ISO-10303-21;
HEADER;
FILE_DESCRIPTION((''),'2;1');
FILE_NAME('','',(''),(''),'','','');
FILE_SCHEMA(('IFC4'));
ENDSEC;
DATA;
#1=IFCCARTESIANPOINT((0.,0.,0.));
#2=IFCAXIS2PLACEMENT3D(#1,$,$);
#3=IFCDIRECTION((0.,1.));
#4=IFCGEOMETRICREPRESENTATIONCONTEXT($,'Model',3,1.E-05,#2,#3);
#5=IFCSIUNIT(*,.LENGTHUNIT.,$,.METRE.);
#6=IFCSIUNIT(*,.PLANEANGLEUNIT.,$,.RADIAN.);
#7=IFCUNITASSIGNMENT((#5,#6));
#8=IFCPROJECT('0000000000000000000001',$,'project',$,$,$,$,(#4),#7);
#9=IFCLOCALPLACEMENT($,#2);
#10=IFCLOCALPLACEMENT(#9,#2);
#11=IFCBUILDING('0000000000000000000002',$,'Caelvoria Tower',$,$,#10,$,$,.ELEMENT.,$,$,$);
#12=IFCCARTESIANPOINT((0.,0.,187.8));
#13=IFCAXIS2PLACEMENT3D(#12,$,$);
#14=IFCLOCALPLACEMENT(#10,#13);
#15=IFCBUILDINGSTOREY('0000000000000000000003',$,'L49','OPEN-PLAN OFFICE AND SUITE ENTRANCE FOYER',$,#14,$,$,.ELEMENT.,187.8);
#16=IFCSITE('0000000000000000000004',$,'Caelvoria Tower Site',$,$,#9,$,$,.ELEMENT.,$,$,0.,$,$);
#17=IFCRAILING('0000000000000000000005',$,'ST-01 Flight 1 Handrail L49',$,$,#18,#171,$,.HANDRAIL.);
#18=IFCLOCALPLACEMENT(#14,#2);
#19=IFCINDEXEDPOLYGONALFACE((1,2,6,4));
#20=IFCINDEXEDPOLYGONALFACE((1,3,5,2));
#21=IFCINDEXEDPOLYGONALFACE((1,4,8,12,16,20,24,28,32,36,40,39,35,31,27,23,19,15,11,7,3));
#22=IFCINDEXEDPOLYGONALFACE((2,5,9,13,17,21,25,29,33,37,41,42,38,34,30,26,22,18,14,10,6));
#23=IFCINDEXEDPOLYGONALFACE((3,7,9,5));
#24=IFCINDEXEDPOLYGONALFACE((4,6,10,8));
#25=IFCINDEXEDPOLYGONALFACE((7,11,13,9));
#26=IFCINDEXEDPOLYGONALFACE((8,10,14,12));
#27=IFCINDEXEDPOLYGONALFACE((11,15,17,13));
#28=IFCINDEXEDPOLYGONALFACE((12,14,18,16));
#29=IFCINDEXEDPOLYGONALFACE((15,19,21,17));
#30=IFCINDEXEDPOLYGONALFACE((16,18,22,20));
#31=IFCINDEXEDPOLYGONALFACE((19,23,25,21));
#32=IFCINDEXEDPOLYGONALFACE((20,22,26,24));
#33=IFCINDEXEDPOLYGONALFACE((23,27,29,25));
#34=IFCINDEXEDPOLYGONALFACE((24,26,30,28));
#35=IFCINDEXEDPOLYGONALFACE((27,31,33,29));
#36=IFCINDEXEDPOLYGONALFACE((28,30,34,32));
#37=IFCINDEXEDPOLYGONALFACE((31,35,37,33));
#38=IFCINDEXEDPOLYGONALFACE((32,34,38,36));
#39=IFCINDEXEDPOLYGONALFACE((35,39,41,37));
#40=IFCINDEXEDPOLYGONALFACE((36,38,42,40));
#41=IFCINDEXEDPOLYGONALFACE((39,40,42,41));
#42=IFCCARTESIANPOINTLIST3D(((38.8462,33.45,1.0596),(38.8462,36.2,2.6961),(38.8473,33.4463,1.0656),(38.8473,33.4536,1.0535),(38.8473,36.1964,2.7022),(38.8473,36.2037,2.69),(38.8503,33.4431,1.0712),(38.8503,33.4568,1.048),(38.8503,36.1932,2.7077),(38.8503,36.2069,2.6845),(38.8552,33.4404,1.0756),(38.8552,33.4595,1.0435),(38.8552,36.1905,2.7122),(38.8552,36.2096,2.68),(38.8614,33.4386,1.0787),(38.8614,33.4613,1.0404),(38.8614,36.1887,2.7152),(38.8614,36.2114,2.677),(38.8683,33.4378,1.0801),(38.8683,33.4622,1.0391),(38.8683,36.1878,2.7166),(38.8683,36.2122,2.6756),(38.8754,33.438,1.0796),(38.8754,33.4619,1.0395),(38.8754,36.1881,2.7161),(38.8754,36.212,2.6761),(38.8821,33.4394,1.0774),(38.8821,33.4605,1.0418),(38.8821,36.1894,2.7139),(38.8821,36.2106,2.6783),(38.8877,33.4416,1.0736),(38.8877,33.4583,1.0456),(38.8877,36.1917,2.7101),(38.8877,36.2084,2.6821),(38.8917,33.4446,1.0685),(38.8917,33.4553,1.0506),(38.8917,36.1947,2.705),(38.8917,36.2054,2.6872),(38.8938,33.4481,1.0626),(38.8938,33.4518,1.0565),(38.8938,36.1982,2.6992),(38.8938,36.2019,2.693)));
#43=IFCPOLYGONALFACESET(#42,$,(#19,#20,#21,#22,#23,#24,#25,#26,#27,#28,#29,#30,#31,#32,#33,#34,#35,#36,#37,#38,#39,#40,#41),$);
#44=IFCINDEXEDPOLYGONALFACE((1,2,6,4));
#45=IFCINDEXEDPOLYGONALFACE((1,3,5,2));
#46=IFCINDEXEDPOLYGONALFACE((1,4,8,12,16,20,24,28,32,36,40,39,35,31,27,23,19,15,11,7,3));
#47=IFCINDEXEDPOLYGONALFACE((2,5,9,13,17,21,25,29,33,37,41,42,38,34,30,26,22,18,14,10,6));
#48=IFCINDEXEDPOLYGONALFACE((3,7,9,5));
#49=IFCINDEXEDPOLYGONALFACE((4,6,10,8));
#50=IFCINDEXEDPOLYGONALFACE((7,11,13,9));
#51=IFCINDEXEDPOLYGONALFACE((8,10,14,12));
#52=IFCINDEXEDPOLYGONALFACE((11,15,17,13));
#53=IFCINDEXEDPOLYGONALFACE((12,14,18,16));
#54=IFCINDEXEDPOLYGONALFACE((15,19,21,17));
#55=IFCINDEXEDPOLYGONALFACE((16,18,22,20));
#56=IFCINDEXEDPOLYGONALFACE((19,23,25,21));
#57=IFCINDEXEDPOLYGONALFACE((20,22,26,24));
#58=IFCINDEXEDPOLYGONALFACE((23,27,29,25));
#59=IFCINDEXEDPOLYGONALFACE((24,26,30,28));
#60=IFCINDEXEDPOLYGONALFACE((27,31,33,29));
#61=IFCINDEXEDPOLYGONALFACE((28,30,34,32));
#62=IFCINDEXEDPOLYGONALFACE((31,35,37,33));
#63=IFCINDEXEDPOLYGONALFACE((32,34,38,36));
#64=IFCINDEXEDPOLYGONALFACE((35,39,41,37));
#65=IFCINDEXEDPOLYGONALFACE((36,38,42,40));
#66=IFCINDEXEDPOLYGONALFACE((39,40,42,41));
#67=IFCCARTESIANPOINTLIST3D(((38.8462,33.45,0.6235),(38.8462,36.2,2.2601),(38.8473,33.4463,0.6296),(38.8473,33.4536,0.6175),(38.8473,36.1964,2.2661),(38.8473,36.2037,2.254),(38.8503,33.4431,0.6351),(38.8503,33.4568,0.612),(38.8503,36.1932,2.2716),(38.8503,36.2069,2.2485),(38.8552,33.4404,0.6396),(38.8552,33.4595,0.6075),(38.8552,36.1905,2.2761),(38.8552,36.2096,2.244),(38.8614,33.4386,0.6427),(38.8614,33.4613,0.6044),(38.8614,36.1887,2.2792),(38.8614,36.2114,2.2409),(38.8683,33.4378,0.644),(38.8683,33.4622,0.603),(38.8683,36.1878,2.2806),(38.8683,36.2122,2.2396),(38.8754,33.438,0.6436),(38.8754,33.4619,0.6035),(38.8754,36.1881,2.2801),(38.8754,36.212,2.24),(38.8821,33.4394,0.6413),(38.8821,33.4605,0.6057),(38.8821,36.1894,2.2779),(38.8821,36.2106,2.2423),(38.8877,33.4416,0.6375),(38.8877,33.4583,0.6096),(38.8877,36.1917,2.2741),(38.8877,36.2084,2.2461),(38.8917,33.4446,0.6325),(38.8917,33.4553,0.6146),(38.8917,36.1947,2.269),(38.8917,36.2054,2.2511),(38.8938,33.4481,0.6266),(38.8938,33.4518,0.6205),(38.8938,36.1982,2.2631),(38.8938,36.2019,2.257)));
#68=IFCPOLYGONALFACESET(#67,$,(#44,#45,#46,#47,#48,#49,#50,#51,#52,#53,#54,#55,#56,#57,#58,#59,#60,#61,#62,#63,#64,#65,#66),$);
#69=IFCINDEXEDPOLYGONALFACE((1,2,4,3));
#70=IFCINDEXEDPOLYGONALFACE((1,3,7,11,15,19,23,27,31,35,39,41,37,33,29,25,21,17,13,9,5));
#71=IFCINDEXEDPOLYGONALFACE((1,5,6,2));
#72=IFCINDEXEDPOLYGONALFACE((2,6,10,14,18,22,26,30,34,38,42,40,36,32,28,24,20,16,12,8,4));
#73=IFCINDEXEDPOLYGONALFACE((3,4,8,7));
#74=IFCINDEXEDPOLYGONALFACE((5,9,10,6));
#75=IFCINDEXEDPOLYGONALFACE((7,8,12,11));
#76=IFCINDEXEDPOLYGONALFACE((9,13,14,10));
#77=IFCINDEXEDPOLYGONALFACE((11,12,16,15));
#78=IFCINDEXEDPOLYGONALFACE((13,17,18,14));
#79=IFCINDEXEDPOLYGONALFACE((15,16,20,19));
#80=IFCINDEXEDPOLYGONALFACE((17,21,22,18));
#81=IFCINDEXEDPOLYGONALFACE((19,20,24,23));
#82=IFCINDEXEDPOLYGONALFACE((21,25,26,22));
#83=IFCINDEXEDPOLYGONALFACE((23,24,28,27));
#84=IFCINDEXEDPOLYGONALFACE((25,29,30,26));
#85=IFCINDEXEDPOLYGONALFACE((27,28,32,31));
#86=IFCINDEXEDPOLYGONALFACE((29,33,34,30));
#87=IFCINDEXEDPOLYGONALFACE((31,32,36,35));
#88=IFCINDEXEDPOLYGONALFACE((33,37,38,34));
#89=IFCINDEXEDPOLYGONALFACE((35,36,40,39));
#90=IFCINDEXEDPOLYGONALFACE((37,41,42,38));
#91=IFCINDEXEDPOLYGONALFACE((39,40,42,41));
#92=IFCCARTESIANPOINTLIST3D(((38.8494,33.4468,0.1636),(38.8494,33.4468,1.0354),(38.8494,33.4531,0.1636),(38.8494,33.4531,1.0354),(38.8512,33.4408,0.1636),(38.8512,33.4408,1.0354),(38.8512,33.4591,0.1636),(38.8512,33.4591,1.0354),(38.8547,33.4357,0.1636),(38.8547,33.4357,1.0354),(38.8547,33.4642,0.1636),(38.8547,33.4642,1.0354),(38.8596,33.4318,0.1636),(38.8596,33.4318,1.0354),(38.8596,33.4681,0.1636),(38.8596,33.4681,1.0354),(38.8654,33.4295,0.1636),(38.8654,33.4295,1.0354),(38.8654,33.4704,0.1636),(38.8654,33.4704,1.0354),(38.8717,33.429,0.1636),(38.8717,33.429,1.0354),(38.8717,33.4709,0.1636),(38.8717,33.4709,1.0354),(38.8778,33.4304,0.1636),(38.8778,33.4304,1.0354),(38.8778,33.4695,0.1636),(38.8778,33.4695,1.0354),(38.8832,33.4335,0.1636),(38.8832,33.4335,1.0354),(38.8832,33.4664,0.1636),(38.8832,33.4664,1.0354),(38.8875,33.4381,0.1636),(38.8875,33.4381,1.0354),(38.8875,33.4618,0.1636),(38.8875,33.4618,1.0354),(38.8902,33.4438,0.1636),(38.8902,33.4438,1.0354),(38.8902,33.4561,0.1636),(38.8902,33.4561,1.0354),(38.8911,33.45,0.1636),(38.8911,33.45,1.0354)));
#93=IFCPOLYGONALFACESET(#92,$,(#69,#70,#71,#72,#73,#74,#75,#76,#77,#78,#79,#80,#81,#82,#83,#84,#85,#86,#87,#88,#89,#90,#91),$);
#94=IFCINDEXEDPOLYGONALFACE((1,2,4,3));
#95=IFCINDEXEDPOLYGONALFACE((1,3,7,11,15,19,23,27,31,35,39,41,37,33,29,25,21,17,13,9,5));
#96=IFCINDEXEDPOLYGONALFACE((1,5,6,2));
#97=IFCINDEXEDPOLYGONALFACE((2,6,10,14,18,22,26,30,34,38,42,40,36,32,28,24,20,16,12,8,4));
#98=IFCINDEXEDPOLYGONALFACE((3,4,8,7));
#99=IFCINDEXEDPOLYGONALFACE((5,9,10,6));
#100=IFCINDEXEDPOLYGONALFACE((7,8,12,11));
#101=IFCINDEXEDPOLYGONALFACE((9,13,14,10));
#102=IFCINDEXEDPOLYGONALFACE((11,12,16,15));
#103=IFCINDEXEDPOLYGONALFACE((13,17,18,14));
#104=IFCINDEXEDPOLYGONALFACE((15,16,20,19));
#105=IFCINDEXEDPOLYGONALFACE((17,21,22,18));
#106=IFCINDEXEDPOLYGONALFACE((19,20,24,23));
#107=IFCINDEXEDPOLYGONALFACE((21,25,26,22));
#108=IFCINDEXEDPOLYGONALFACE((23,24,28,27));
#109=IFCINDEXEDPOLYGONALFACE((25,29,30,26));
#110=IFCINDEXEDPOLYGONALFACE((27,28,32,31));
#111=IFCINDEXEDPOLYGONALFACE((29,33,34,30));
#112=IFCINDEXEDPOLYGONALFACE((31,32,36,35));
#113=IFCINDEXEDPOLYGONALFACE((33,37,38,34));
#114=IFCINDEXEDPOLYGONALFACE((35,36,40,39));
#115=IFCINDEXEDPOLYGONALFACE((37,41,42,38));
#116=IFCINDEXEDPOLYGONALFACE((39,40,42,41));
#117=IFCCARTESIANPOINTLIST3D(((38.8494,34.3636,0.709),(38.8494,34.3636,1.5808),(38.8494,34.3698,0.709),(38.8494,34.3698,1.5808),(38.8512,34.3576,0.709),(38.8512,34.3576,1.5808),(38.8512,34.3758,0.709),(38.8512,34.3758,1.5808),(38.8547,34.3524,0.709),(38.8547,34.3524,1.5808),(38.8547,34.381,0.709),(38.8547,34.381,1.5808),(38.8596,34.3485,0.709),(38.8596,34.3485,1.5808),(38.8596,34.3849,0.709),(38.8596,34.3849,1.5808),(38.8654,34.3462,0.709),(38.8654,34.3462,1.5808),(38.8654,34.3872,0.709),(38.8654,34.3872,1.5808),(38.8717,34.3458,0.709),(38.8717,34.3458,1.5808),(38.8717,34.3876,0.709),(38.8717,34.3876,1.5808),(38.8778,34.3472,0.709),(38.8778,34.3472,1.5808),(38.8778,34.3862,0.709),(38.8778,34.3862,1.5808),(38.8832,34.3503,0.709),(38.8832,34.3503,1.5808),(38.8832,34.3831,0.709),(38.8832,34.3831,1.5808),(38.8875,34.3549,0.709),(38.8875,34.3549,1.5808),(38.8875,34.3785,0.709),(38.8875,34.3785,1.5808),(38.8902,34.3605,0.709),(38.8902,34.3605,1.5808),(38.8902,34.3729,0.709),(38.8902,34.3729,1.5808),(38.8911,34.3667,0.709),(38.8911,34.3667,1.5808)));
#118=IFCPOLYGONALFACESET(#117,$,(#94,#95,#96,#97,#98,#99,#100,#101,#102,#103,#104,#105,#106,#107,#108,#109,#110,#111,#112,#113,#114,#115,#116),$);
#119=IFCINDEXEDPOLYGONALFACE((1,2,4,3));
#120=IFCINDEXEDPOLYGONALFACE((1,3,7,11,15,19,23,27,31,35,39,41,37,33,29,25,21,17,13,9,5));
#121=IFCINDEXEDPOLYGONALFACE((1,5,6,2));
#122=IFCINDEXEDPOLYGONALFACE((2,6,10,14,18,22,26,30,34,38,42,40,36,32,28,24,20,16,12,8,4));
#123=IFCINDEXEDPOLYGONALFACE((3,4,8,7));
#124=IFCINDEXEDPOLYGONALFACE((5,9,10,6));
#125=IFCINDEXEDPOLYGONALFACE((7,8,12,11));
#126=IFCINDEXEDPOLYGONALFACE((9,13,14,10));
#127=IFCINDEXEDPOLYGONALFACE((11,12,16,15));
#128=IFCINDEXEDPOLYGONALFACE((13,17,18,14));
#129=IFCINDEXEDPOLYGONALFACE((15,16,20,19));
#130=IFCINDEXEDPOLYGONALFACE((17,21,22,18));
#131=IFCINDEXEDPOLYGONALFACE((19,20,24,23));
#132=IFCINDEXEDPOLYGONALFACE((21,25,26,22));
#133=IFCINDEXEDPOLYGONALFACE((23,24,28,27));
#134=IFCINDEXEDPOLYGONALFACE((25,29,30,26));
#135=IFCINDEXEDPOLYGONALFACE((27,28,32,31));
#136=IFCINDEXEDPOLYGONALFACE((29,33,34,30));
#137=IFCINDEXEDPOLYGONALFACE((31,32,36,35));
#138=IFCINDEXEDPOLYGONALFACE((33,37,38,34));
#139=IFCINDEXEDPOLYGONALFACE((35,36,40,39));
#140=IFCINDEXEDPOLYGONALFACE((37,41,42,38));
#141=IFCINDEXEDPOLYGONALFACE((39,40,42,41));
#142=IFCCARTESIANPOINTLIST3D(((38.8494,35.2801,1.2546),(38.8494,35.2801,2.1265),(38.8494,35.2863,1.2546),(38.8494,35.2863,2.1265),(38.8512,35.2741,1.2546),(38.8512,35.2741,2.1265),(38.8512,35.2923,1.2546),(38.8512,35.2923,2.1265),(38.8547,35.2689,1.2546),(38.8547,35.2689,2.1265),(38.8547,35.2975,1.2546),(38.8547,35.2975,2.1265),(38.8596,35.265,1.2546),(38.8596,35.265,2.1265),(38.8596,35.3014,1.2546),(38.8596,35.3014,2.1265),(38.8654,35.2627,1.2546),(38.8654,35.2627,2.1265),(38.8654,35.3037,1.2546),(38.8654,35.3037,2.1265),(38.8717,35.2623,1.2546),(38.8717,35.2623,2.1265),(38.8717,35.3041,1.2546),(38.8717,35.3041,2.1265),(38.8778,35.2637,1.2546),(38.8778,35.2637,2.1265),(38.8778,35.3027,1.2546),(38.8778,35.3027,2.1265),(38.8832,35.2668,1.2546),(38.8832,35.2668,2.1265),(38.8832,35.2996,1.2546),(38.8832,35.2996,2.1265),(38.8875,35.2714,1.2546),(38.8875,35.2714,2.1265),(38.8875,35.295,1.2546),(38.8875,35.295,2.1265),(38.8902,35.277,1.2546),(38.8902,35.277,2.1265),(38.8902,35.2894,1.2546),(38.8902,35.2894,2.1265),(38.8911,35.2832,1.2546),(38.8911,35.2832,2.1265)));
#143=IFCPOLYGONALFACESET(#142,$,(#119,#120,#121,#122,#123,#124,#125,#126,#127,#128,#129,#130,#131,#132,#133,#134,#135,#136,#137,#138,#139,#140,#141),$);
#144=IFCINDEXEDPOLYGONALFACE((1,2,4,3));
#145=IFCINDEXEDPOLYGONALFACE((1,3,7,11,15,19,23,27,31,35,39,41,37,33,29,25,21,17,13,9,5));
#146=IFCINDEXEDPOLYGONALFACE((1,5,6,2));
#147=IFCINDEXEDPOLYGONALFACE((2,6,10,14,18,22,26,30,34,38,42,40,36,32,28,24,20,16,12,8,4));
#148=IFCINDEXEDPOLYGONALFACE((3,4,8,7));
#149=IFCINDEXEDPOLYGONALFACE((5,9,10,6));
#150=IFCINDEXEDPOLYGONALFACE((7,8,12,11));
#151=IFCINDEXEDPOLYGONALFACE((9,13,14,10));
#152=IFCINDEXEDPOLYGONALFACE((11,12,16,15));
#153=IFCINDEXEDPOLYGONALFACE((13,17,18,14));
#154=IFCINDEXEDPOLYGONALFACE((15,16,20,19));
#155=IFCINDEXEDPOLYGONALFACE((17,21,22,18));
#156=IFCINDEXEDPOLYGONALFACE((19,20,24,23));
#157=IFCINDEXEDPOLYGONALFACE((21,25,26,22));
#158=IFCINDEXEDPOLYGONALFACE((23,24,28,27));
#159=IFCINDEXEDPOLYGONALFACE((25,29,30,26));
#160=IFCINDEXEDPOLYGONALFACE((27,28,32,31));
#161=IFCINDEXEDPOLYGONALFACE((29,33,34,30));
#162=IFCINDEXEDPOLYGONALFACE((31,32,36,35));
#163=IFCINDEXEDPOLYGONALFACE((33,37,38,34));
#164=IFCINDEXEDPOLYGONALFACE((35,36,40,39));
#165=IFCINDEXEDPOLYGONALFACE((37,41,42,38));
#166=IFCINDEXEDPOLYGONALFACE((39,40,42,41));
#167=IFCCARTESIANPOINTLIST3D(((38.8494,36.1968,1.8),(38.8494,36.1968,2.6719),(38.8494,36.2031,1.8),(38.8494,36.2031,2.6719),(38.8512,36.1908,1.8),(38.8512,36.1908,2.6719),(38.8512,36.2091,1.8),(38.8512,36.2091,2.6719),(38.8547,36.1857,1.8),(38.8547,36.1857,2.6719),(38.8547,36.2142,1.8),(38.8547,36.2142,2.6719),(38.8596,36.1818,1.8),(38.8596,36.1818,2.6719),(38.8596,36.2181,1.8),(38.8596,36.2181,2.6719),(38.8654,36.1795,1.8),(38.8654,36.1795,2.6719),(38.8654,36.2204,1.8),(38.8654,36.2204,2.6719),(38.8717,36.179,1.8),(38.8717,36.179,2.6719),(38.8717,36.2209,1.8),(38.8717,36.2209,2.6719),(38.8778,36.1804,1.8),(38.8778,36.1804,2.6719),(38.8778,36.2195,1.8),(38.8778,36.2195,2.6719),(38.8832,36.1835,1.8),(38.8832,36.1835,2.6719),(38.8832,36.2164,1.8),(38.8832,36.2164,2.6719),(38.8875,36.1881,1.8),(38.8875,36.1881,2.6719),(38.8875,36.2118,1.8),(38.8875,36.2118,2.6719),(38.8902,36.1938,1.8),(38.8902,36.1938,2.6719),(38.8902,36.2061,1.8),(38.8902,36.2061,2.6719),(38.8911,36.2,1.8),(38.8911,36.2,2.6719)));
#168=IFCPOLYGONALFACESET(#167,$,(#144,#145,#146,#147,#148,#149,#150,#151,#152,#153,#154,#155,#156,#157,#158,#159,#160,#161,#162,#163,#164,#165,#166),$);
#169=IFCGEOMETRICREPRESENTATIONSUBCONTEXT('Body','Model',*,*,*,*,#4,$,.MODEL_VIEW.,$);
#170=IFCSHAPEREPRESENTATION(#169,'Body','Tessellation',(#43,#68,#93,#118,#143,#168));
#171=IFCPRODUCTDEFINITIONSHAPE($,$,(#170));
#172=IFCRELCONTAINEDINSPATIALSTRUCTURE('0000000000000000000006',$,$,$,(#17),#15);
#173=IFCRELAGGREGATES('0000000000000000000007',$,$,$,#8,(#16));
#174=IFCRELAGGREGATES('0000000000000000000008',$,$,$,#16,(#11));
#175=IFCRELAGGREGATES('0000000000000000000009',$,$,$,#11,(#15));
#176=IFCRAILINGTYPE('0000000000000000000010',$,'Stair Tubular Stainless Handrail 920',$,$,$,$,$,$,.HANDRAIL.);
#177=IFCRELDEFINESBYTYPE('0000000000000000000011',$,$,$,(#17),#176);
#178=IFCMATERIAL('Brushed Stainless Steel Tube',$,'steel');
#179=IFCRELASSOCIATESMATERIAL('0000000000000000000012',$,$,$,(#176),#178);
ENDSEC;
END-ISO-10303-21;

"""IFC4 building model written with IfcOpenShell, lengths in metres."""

from ifc_helpers import new_model, si_unit, direction, frame, origin, origin_2d, place, context, subcontext, project, spatial, circle, extrude, material, type_object, element, save


model = new_model("IFC4")

# Units and contexts
model_context = context("Model", 3, precision=1e-05, world=origin(), true_north=direction((0.0, 1.0)))
body_context = subcontext(model_context, "Body", "Model", "MODEL_VIEW")
ifc_project = project(units=[si_unit("LENGTHUNIT", "METRE"), si_unit("PLANEANGLEUNIT", "RADIAN")], contexts=[model_context])

# Site, building, storey
site_placement = place(None, origin())
site = spatial("IfcSite", under=ifc_project, at=site_placement, Name="Caelvoria Tower Site", CompositionType="ELEMENT", RefElevation=0.0)
building_placement = place(site_placement, origin())
building = spatial("IfcBuilding", under=site, at=building_placement, Name="Caelvoria Tower", CompositionType="ELEMENT")
storey_placement = place(building_placement, frame((0.0, 0.0, 187.8)))
storey = spatial("IfcBuildingStorey", under=building, at=storey_placement, Name="L49", Description="OPEN-PLAN OFFICE AND SUITE ENTRANCE FOYER", CompositionType="ELEMENT", Elevation=187.8)

# Railing
ifc_material_1 = material(Name="Brushed Stainless Steel Tube", Category="steel")
railing_type_1 = type_object("IfcRailingType", Name="Stair Tubular Stainless Handrail 920", PredefinedType="HANDRAIL", material=ifc_material_1)
railing_1_placement = place(storey_placement, frame((38.8701, 33.45, 0.1636)))
element("IfcRailing", 1, at=railing_1_placement, inside=storey, type_object=railing_type_1, Name="ST-01 Flight 1 Handrail L49", PredefinedType="HANDRAIL", context=body_context, shape_type="SweptSolid", body=[
    extrude(circle(Radius=0.0239, at=origin_2d()), frame((0.0, 0.0, 0.896), z_axis=(0.0, 0.859352, 0.511385), x_axis=(-1.0, 0.0, 0.0)), (0.0, 0.0, 1.0), 3.2002),
    extrude(circle(Radius=0.0239, at=origin_2d()), frame((0.0, 0.0, 0.46), z_axis=(0.0, 0.859352, 0.511385), x_axis=(-1.0, 0.0, 0.0)), (0.0, 0.0, 1.0), 3.2002),
    extrude(circle(Radius=0.021, at=origin_2d()), origin(), (0.0, 0.0, 1.0), 0.8718),
    extrude(circle(Radius=0.021, at=origin_2d()), frame((0.0, 0.9167, 0.5454)), (0.0, 0.0, 1.0), 0.8718),
    extrude(circle(Radius=0.021, at=origin_2d()), frame((0.0, 1.8333, 1.0911)), (0.0, 0.0, 1.0), 0.8718),
    extrude(circle(Radius=0.021, at=origin_2d()), frame((0.0, 2.75, 1.6365)), (0.0, 0.0, 1.0), 0.8718),
])

save(model, "model.ifc")
